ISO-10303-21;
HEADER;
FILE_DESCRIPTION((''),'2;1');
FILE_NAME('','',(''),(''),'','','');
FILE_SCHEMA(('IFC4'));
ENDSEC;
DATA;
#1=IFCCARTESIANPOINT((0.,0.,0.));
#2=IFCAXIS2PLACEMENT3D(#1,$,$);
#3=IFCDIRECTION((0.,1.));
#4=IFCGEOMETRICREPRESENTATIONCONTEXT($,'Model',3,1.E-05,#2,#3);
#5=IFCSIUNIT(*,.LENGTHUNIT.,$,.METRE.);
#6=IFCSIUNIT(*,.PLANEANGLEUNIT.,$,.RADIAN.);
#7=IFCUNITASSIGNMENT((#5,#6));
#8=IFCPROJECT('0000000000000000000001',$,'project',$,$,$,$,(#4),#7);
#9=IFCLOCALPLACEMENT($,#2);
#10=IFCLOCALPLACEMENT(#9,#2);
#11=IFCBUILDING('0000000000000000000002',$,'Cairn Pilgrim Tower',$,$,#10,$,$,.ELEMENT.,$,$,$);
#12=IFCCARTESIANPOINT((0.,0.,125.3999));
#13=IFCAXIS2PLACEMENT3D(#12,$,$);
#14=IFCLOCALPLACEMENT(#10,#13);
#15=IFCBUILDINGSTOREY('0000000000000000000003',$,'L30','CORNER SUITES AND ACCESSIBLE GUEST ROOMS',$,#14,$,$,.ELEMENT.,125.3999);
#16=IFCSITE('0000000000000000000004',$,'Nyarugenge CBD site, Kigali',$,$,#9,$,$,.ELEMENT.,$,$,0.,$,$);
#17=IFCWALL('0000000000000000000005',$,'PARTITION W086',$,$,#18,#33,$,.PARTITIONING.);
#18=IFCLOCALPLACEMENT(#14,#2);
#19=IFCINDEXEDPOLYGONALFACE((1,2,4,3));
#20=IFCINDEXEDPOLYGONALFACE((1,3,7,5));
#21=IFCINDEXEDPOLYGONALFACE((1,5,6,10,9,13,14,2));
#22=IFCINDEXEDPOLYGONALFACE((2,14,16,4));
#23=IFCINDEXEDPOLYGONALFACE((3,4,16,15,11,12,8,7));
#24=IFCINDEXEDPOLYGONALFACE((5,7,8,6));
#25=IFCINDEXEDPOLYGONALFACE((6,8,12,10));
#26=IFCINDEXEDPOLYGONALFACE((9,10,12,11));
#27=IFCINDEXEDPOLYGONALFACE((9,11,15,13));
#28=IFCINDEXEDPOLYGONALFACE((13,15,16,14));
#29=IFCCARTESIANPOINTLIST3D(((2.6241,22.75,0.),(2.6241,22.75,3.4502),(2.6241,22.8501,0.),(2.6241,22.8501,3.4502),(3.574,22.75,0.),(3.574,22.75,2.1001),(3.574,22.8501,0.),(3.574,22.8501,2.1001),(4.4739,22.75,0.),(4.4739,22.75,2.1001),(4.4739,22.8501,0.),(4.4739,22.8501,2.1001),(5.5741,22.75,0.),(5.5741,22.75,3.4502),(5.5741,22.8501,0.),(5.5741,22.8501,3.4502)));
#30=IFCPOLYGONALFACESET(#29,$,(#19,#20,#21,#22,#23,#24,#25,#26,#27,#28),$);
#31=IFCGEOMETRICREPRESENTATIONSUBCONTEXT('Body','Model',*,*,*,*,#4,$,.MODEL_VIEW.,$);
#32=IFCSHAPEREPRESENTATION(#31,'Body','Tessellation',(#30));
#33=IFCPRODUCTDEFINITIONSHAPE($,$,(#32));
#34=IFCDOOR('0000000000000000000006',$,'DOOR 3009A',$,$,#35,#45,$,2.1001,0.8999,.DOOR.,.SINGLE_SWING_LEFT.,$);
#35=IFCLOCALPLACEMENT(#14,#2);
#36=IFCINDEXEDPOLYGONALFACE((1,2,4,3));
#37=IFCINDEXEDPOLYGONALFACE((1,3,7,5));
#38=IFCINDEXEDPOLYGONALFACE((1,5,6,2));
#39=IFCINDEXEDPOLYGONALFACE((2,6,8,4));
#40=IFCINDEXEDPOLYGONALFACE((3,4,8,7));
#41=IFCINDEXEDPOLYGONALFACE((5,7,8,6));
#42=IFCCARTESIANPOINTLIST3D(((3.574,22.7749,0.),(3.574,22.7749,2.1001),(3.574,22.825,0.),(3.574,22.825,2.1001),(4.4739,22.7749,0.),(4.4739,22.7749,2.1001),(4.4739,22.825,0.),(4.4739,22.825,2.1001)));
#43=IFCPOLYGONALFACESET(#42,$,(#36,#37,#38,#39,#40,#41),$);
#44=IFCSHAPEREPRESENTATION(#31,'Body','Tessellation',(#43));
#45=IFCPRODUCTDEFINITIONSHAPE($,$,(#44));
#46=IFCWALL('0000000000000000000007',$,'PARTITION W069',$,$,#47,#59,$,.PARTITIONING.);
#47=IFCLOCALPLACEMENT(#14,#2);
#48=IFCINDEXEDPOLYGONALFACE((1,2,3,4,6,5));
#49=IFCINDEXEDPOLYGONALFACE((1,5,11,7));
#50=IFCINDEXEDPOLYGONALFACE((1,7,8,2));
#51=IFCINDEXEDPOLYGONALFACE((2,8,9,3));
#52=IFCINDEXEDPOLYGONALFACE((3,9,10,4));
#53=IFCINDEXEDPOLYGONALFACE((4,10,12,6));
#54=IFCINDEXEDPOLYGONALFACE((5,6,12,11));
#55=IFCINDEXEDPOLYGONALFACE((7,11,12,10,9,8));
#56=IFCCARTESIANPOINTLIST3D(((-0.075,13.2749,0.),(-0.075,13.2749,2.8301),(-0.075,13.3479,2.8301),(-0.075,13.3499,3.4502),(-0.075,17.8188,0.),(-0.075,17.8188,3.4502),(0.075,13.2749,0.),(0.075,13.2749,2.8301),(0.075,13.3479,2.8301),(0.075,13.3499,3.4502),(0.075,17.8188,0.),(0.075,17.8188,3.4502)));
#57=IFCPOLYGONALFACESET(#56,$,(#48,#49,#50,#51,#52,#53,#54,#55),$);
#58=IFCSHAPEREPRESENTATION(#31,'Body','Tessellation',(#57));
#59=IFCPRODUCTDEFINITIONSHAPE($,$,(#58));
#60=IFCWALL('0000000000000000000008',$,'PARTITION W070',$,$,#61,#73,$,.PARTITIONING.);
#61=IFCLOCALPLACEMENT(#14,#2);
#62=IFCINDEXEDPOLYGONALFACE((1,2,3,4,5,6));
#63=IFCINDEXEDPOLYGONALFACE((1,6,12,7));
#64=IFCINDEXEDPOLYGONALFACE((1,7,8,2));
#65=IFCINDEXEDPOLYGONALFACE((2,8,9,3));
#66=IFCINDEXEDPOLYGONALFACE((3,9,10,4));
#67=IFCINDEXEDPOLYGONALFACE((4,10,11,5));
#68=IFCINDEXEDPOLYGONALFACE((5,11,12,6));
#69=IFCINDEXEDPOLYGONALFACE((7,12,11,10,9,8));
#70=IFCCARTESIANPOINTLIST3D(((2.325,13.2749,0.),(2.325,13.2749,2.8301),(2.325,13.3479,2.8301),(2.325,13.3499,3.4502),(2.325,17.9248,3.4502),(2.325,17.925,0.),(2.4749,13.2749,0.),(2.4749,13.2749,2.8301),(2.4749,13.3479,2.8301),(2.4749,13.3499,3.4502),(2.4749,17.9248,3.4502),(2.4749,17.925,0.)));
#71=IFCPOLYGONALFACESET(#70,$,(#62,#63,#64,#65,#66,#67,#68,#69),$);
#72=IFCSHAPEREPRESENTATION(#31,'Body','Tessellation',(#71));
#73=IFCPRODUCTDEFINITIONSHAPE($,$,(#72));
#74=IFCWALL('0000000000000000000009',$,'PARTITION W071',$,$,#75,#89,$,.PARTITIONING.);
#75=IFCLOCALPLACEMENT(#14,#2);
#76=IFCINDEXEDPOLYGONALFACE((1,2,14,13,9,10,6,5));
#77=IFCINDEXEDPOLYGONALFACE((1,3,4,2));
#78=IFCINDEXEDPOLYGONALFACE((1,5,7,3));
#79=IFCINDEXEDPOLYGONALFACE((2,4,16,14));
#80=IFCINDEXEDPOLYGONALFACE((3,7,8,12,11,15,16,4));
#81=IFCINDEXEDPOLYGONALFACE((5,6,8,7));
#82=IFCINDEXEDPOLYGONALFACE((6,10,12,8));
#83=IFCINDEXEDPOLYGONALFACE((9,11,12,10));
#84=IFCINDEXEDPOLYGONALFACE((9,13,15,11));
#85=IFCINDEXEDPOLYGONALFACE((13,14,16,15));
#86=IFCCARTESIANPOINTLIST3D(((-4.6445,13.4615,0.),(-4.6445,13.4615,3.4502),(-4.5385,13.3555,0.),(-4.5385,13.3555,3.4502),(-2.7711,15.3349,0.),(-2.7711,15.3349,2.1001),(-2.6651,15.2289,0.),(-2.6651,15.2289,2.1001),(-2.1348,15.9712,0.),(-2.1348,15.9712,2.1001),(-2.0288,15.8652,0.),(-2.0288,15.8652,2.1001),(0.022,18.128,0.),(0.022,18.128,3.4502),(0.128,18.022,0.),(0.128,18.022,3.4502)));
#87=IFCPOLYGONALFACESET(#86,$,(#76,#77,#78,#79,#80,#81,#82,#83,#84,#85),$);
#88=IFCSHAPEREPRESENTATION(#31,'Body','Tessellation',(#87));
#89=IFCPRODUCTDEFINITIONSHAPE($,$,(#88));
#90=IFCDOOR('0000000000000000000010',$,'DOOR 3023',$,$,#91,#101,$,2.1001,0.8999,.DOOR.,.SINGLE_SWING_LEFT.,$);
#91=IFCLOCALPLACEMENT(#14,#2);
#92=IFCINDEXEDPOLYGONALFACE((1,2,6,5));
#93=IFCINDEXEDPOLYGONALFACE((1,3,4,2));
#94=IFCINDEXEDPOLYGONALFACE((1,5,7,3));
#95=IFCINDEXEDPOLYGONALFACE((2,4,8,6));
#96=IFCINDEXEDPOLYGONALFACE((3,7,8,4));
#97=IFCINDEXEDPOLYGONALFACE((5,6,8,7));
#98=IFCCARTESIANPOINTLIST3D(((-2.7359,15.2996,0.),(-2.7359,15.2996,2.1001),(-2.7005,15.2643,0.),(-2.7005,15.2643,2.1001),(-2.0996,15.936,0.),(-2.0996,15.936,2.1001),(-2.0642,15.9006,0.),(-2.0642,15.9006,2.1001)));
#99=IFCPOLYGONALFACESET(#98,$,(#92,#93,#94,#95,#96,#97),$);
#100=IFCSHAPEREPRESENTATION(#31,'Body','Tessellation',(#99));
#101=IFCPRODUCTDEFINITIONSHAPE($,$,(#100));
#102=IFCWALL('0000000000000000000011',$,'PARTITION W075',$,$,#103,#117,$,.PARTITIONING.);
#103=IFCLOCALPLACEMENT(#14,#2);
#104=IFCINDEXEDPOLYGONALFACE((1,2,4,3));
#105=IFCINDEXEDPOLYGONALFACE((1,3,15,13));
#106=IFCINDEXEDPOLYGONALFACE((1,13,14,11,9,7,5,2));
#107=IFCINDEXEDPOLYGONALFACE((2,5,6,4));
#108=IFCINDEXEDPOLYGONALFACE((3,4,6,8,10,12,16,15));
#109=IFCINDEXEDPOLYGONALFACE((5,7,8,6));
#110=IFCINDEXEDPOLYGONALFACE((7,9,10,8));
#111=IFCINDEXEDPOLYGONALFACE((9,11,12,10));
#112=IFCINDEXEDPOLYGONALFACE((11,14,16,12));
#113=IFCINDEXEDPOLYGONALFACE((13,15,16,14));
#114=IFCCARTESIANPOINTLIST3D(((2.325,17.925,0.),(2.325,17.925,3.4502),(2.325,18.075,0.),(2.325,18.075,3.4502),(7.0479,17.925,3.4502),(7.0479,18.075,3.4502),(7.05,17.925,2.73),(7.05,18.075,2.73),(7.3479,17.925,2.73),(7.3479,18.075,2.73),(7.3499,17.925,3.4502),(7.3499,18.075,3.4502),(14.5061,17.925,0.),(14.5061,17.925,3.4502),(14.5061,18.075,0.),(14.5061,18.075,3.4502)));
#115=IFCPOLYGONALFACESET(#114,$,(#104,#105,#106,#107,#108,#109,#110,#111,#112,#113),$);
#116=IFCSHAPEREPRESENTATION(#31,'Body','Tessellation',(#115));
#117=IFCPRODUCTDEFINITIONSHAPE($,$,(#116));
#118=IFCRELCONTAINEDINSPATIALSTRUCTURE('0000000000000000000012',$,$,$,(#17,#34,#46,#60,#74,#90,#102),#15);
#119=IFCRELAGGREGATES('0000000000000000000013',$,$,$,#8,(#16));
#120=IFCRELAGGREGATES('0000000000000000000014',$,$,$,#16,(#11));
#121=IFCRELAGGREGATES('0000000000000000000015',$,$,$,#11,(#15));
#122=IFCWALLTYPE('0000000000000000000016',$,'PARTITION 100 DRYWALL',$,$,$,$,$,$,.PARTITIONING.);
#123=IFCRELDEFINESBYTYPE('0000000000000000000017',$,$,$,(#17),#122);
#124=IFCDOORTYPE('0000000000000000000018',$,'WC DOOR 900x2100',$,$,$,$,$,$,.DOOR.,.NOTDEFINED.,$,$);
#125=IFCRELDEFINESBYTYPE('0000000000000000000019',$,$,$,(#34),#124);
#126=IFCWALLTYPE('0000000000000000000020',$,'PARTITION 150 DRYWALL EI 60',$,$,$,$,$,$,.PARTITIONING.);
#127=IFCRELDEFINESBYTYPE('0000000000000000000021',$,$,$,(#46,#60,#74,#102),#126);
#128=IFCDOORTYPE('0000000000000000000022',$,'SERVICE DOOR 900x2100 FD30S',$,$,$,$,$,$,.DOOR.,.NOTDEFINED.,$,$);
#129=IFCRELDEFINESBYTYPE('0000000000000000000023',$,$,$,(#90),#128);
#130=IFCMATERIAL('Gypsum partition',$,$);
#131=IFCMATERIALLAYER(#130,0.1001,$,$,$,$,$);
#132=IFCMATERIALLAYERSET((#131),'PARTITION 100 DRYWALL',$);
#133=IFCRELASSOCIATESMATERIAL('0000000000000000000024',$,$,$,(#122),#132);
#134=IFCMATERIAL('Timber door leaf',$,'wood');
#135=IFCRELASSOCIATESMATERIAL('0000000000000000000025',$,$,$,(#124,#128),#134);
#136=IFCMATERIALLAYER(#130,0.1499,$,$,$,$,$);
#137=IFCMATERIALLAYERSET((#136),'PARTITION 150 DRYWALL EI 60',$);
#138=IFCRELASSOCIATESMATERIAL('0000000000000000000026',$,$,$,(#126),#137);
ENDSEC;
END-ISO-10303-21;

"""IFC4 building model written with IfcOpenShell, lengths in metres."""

from ifc_helpers import new_model, si_unit, direction, frame, frame_2d, origin, place, context, subcontext, project, spatial, polyline, rectangle, outline, extrude, material, layer, layer_set, type_object, element, fill, save


model = new_model("IFC4")

# Units and contexts
model_context = context("Model", 3, precision=1e-05, world=origin(), true_north=direction((0.0, 1.0)))
body_context = subcontext(model_context, "Body", "Model", "MODEL_VIEW")
ifc_project = project(units=[si_unit("LENGTHUNIT", "METRE"), si_unit("PLANEANGLEUNIT", "RADIAN")], contexts=[model_context])

# Site, building, storey
site_placement = place(None, origin())
site = spatial("IfcSite", under=ifc_project, at=site_placement, Name="Nyarugenge CBD site, Kigali", CompositionType="ELEMENT", RefElevation=0.0)
building_placement = place(site_placement, origin())
building = spatial("IfcBuilding", under=site, at=building_placement, Name="Cairn Pilgrim Tower", CompositionType="ELEMENT")
storey_placement = place(building_placement, frame((0.0, 0.0, 125.3999)))
storey = spatial("IfcBuildingStorey", under=building, at=storey_placement, Name="L30", Description="CORNER SUITES AND ACCESSIBLE GUEST ROOMS", CompositionType="ELEMENT", Elevation=125.3999)

# Shared definitions
ifc_material_1 = material(Name="Gypsum partition")
ifc_layer_1 = layer(ifc_material_1, 0.1001)
ifc_layer_set_1 = layer_set([ifc_layer_1], Name="PARTITION 100 DRYWALL")
wall_type_1 = type_object("IfcWallType", Name="PARTITION 100 DRYWALL", PredefinedType="PARTITIONING", material=ifc_layer_set_1)

# Shared definitions
ifc_material_2 = material(Name="Timber door leaf", Category="wood")

# Wall, opening, door
wall_1_placement = place(storey_placement, frame((2.624, 22.8, 0.0), z_axis=(0.0, 0.0, 1.0), x_axis=(1.0, 0.0, 0.0)))
wall_1 = element("IfcWall", 1, at=wall_1_placement, inside=storey, type_object=wall_type_1, Name="PARTITION W086", PredefinedType="PARTITIONING", context=body_context, shape_type="SweptSolid", body=[
    extrude(rectangle(XDim=2.95, YDim=0.1001, at=frame_2d((1.4751, 0.0))), origin(), (0.0, 0.0, 1.0), 3.4502),
])
opening_1_placement = place(wall_1_placement, frame((0.95, 0.0, 0.0)))
opening_1 = element("IfcOpeningElement", 2, at=opening_1_placement, cuts=wall_1, PredefinedType="OPENING", context=body_context, shape_type="SweptSolid", body=[
    extrude(rectangle(XDim=0.8999, YDim=2.1001, at=frame_2d((0.45, 1.05))), frame((0.0, 0.0601, 0.0), z_axis=(0.0, -1.0, 0.0), x_axis=(1.0, 0.0, 0.0)), (0.0, 0.0, 1.0), 0.1201),
])
door_type_1 = type_object("IfcDoorType", Name="WC DOOR 900x2100", OperationType="NOTDEFINED", PredefinedType="DOOR", material=ifc_material_2)
door_1_placement = place(opening_1_placement, origin())
door_1 = element("IfcDoor", 3, at=door_1_placement, inside=storey, type_object=door_type_1, Name="DOOR 3009A", OperationType="SINGLE_SWING_LEFT", OverallHeight=2.1001, OverallWidth=0.8999, PredefinedType="DOOR", context=body_context, shape_type="SweptSolid", body=[
    extrude(rectangle(XDim=0.8999, YDim=2.1001, at=frame_2d((0.45, 1.05))), frame((0.0, 0.0249, 0.0), z_axis=(0.0, -1.0, 0.0), x_axis=(1.0, 0.0, 0.0)), (0.0, 0.0, 1.0), 0.05),
])
fill(opening_1, door_1)

# Walls
ifc_layer_2 = layer(ifc_material_1, 0.1499)
ifc_layer_set_2 = layer_set([ifc_layer_2], Name="PARTITION 150 DRYWALL EI 60")
wall_type_2 = type_object("IfcWallType", Name="PARTITION 150 DRYWALL EI 60", PredefinedType="PARTITIONING", material=ifc_layer_set_2)
wall_2_placement = place(storey_placement, frame((0.0, 13.2749, 0.0), z_axis=(0.0, 0.0, 1.0), x_axis=(0.0, 1.0, 0.0)))
element("IfcWall", 4, at=wall_2_placement, inside=storey, type_object=wall_type_2, Name="PARTITION W069", PredefinedType="PARTITIONING", context=body_context, shape_type="SweptSolid", body=[
    extrude(outline(polyline([(0.0, 0.0), (4.5439, 0.0), (4.5439, 3.4502), (0.075, 3.4502), (0.073, 2.8301), (0.0, 2.8301), (0.0, 0.0)])), frame((0.0, 0.075, 0.0), z_axis=(0.0, -1.0, 0.0), x_axis=(1.0, 0.0, 0.0)), (0.0, 0.0, 1.0), 0.1499),
])
wall_3_placement = place(storey_placement, frame((2.3999, 13.2749, 0.0), z_axis=(0.0, 0.0, 1.0), x_axis=(0.0, 1.0, 0.0)))
element("IfcWall", 5, at=wall_3_placement, inside=storey, type_object=wall_type_2, Name="PARTITION W070", PredefinedType="PARTITIONING", context=body_context, shape_type="SweptSolid", body=[
    extrude(outline(polyline([(0.0, 0.0), (4.6501, 0.0), (4.6499, 3.4502), (0.075, 3.4502), (0.073, 2.8301), (0.0, 2.8301), (0.0, 0.0)])), frame((0.0, 0.075, 0.0), z_axis=(0.0, -1.0, 0.0), x_axis=(1.0, 0.0, 0.0)), (0.0, 0.0, 1.0), 0.1499),
])

# Wall, opening, door
wall_4_placement = place(storey_placement, frame((-4.5916, 13.4084, 0.0), z_axis=(0.0, 0.0, 1.0), x_axis=(0.707107, 0.707107, 0.0)))
wall_4 = element("IfcWall", 6, at=wall_4_placement, inside=storey, type_object=wall_type_2, Name="PARTITION W071", PredefinedType="PARTITIONING", context=body_context, shape_type="SweptSolid", body=[
    extrude(rectangle(XDim=6.5994, YDim=0.1499, at=frame_2d((3.2998, 0.0))), origin(), (0.0, 0.0, 1.0), 3.4502),
])
opening_2_placement = place(wall_4_placement, frame((2.6494, 0.0, 0.0)))
opening_2 = element("IfcOpeningElement", 7, at=opening_2_placement, cuts=wall_4, PredefinedType="OPENING", context=body_context, shape_type="SweptSolid", body=[
    extrude(rectangle(XDim=0.8999, YDim=2.1001, at=frame_2d((0.45, 1.05))), frame((0.0, 0.085, 0.0), z_axis=(0.0, -1.0, 0.0), x_axis=(1.0, 0.0, 0.0)), (0.0, 0.0, 1.0), 0.1699),
])
door_type_2 = type_object("IfcDoorType", Name="SERVICE DOOR 900x2100 FD30S", OperationType="NOTDEFINED", PredefinedType="DOOR", material=ifc_material_2)
door_2_placement = place(opening_2_placement, frame((0.8999, 0.0, 0.0), z_axis=(0.0, 0.0, 1.0), x_axis=(-1.0, 0.0, 0.0)))
door_2 = element("IfcDoor", 8, at=door_2_placement, inside=storey, type_object=door_type_2, Name="DOOR 3023", OperationType="SINGLE_SWING_LEFT", OverallHeight=2.1001, OverallWidth=0.8999, PredefinedType="DOOR", context=body_context, shape_type="SweptSolid", body=[
    extrude(rectangle(XDim=0.8999, YDim=2.1001, at=frame_2d((0.45, 1.05))), frame((0.0, 0.0249, 0.0), z_axis=(0.0, -1.0, 0.0), x_axis=(1.0, 0.0, 0.0)), (0.0, 0.0, 1.0), 0.05),
])
fill(opening_2, door_2)

# Wall
wall_5_placement = place(storey_placement, frame((2.325, 18.0, 0.0), z_axis=(0.0, 0.0, 1.0), x_axis=(1.0, 0.0, 0.0)))
element("IfcWall", 9, at=wall_5_placement, inside=storey, type_object=wall_type_2, Name="PARTITION W075", PredefinedType="PARTITIONING", context=body_context, shape_type="SweptSolid", body=[
    extrude(outline(polyline([(0.0, 0.0), (12.1812, 0.0), (12.1812, 3.4502), (5.0249, 3.4502), (5.0229, 2.73), (4.7251, 2.73), (4.7229, 3.4502), (0.0, 3.4502), (0.0, 0.0)])), frame((0.0, 0.075, 0.0), z_axis=(0.0, -1.0, 0.0), x_axis=(1.0, 0.0, 0.0)), (0.0, 0.0, 1.0), 0.1499),
])

save(model, "model.ifc")
